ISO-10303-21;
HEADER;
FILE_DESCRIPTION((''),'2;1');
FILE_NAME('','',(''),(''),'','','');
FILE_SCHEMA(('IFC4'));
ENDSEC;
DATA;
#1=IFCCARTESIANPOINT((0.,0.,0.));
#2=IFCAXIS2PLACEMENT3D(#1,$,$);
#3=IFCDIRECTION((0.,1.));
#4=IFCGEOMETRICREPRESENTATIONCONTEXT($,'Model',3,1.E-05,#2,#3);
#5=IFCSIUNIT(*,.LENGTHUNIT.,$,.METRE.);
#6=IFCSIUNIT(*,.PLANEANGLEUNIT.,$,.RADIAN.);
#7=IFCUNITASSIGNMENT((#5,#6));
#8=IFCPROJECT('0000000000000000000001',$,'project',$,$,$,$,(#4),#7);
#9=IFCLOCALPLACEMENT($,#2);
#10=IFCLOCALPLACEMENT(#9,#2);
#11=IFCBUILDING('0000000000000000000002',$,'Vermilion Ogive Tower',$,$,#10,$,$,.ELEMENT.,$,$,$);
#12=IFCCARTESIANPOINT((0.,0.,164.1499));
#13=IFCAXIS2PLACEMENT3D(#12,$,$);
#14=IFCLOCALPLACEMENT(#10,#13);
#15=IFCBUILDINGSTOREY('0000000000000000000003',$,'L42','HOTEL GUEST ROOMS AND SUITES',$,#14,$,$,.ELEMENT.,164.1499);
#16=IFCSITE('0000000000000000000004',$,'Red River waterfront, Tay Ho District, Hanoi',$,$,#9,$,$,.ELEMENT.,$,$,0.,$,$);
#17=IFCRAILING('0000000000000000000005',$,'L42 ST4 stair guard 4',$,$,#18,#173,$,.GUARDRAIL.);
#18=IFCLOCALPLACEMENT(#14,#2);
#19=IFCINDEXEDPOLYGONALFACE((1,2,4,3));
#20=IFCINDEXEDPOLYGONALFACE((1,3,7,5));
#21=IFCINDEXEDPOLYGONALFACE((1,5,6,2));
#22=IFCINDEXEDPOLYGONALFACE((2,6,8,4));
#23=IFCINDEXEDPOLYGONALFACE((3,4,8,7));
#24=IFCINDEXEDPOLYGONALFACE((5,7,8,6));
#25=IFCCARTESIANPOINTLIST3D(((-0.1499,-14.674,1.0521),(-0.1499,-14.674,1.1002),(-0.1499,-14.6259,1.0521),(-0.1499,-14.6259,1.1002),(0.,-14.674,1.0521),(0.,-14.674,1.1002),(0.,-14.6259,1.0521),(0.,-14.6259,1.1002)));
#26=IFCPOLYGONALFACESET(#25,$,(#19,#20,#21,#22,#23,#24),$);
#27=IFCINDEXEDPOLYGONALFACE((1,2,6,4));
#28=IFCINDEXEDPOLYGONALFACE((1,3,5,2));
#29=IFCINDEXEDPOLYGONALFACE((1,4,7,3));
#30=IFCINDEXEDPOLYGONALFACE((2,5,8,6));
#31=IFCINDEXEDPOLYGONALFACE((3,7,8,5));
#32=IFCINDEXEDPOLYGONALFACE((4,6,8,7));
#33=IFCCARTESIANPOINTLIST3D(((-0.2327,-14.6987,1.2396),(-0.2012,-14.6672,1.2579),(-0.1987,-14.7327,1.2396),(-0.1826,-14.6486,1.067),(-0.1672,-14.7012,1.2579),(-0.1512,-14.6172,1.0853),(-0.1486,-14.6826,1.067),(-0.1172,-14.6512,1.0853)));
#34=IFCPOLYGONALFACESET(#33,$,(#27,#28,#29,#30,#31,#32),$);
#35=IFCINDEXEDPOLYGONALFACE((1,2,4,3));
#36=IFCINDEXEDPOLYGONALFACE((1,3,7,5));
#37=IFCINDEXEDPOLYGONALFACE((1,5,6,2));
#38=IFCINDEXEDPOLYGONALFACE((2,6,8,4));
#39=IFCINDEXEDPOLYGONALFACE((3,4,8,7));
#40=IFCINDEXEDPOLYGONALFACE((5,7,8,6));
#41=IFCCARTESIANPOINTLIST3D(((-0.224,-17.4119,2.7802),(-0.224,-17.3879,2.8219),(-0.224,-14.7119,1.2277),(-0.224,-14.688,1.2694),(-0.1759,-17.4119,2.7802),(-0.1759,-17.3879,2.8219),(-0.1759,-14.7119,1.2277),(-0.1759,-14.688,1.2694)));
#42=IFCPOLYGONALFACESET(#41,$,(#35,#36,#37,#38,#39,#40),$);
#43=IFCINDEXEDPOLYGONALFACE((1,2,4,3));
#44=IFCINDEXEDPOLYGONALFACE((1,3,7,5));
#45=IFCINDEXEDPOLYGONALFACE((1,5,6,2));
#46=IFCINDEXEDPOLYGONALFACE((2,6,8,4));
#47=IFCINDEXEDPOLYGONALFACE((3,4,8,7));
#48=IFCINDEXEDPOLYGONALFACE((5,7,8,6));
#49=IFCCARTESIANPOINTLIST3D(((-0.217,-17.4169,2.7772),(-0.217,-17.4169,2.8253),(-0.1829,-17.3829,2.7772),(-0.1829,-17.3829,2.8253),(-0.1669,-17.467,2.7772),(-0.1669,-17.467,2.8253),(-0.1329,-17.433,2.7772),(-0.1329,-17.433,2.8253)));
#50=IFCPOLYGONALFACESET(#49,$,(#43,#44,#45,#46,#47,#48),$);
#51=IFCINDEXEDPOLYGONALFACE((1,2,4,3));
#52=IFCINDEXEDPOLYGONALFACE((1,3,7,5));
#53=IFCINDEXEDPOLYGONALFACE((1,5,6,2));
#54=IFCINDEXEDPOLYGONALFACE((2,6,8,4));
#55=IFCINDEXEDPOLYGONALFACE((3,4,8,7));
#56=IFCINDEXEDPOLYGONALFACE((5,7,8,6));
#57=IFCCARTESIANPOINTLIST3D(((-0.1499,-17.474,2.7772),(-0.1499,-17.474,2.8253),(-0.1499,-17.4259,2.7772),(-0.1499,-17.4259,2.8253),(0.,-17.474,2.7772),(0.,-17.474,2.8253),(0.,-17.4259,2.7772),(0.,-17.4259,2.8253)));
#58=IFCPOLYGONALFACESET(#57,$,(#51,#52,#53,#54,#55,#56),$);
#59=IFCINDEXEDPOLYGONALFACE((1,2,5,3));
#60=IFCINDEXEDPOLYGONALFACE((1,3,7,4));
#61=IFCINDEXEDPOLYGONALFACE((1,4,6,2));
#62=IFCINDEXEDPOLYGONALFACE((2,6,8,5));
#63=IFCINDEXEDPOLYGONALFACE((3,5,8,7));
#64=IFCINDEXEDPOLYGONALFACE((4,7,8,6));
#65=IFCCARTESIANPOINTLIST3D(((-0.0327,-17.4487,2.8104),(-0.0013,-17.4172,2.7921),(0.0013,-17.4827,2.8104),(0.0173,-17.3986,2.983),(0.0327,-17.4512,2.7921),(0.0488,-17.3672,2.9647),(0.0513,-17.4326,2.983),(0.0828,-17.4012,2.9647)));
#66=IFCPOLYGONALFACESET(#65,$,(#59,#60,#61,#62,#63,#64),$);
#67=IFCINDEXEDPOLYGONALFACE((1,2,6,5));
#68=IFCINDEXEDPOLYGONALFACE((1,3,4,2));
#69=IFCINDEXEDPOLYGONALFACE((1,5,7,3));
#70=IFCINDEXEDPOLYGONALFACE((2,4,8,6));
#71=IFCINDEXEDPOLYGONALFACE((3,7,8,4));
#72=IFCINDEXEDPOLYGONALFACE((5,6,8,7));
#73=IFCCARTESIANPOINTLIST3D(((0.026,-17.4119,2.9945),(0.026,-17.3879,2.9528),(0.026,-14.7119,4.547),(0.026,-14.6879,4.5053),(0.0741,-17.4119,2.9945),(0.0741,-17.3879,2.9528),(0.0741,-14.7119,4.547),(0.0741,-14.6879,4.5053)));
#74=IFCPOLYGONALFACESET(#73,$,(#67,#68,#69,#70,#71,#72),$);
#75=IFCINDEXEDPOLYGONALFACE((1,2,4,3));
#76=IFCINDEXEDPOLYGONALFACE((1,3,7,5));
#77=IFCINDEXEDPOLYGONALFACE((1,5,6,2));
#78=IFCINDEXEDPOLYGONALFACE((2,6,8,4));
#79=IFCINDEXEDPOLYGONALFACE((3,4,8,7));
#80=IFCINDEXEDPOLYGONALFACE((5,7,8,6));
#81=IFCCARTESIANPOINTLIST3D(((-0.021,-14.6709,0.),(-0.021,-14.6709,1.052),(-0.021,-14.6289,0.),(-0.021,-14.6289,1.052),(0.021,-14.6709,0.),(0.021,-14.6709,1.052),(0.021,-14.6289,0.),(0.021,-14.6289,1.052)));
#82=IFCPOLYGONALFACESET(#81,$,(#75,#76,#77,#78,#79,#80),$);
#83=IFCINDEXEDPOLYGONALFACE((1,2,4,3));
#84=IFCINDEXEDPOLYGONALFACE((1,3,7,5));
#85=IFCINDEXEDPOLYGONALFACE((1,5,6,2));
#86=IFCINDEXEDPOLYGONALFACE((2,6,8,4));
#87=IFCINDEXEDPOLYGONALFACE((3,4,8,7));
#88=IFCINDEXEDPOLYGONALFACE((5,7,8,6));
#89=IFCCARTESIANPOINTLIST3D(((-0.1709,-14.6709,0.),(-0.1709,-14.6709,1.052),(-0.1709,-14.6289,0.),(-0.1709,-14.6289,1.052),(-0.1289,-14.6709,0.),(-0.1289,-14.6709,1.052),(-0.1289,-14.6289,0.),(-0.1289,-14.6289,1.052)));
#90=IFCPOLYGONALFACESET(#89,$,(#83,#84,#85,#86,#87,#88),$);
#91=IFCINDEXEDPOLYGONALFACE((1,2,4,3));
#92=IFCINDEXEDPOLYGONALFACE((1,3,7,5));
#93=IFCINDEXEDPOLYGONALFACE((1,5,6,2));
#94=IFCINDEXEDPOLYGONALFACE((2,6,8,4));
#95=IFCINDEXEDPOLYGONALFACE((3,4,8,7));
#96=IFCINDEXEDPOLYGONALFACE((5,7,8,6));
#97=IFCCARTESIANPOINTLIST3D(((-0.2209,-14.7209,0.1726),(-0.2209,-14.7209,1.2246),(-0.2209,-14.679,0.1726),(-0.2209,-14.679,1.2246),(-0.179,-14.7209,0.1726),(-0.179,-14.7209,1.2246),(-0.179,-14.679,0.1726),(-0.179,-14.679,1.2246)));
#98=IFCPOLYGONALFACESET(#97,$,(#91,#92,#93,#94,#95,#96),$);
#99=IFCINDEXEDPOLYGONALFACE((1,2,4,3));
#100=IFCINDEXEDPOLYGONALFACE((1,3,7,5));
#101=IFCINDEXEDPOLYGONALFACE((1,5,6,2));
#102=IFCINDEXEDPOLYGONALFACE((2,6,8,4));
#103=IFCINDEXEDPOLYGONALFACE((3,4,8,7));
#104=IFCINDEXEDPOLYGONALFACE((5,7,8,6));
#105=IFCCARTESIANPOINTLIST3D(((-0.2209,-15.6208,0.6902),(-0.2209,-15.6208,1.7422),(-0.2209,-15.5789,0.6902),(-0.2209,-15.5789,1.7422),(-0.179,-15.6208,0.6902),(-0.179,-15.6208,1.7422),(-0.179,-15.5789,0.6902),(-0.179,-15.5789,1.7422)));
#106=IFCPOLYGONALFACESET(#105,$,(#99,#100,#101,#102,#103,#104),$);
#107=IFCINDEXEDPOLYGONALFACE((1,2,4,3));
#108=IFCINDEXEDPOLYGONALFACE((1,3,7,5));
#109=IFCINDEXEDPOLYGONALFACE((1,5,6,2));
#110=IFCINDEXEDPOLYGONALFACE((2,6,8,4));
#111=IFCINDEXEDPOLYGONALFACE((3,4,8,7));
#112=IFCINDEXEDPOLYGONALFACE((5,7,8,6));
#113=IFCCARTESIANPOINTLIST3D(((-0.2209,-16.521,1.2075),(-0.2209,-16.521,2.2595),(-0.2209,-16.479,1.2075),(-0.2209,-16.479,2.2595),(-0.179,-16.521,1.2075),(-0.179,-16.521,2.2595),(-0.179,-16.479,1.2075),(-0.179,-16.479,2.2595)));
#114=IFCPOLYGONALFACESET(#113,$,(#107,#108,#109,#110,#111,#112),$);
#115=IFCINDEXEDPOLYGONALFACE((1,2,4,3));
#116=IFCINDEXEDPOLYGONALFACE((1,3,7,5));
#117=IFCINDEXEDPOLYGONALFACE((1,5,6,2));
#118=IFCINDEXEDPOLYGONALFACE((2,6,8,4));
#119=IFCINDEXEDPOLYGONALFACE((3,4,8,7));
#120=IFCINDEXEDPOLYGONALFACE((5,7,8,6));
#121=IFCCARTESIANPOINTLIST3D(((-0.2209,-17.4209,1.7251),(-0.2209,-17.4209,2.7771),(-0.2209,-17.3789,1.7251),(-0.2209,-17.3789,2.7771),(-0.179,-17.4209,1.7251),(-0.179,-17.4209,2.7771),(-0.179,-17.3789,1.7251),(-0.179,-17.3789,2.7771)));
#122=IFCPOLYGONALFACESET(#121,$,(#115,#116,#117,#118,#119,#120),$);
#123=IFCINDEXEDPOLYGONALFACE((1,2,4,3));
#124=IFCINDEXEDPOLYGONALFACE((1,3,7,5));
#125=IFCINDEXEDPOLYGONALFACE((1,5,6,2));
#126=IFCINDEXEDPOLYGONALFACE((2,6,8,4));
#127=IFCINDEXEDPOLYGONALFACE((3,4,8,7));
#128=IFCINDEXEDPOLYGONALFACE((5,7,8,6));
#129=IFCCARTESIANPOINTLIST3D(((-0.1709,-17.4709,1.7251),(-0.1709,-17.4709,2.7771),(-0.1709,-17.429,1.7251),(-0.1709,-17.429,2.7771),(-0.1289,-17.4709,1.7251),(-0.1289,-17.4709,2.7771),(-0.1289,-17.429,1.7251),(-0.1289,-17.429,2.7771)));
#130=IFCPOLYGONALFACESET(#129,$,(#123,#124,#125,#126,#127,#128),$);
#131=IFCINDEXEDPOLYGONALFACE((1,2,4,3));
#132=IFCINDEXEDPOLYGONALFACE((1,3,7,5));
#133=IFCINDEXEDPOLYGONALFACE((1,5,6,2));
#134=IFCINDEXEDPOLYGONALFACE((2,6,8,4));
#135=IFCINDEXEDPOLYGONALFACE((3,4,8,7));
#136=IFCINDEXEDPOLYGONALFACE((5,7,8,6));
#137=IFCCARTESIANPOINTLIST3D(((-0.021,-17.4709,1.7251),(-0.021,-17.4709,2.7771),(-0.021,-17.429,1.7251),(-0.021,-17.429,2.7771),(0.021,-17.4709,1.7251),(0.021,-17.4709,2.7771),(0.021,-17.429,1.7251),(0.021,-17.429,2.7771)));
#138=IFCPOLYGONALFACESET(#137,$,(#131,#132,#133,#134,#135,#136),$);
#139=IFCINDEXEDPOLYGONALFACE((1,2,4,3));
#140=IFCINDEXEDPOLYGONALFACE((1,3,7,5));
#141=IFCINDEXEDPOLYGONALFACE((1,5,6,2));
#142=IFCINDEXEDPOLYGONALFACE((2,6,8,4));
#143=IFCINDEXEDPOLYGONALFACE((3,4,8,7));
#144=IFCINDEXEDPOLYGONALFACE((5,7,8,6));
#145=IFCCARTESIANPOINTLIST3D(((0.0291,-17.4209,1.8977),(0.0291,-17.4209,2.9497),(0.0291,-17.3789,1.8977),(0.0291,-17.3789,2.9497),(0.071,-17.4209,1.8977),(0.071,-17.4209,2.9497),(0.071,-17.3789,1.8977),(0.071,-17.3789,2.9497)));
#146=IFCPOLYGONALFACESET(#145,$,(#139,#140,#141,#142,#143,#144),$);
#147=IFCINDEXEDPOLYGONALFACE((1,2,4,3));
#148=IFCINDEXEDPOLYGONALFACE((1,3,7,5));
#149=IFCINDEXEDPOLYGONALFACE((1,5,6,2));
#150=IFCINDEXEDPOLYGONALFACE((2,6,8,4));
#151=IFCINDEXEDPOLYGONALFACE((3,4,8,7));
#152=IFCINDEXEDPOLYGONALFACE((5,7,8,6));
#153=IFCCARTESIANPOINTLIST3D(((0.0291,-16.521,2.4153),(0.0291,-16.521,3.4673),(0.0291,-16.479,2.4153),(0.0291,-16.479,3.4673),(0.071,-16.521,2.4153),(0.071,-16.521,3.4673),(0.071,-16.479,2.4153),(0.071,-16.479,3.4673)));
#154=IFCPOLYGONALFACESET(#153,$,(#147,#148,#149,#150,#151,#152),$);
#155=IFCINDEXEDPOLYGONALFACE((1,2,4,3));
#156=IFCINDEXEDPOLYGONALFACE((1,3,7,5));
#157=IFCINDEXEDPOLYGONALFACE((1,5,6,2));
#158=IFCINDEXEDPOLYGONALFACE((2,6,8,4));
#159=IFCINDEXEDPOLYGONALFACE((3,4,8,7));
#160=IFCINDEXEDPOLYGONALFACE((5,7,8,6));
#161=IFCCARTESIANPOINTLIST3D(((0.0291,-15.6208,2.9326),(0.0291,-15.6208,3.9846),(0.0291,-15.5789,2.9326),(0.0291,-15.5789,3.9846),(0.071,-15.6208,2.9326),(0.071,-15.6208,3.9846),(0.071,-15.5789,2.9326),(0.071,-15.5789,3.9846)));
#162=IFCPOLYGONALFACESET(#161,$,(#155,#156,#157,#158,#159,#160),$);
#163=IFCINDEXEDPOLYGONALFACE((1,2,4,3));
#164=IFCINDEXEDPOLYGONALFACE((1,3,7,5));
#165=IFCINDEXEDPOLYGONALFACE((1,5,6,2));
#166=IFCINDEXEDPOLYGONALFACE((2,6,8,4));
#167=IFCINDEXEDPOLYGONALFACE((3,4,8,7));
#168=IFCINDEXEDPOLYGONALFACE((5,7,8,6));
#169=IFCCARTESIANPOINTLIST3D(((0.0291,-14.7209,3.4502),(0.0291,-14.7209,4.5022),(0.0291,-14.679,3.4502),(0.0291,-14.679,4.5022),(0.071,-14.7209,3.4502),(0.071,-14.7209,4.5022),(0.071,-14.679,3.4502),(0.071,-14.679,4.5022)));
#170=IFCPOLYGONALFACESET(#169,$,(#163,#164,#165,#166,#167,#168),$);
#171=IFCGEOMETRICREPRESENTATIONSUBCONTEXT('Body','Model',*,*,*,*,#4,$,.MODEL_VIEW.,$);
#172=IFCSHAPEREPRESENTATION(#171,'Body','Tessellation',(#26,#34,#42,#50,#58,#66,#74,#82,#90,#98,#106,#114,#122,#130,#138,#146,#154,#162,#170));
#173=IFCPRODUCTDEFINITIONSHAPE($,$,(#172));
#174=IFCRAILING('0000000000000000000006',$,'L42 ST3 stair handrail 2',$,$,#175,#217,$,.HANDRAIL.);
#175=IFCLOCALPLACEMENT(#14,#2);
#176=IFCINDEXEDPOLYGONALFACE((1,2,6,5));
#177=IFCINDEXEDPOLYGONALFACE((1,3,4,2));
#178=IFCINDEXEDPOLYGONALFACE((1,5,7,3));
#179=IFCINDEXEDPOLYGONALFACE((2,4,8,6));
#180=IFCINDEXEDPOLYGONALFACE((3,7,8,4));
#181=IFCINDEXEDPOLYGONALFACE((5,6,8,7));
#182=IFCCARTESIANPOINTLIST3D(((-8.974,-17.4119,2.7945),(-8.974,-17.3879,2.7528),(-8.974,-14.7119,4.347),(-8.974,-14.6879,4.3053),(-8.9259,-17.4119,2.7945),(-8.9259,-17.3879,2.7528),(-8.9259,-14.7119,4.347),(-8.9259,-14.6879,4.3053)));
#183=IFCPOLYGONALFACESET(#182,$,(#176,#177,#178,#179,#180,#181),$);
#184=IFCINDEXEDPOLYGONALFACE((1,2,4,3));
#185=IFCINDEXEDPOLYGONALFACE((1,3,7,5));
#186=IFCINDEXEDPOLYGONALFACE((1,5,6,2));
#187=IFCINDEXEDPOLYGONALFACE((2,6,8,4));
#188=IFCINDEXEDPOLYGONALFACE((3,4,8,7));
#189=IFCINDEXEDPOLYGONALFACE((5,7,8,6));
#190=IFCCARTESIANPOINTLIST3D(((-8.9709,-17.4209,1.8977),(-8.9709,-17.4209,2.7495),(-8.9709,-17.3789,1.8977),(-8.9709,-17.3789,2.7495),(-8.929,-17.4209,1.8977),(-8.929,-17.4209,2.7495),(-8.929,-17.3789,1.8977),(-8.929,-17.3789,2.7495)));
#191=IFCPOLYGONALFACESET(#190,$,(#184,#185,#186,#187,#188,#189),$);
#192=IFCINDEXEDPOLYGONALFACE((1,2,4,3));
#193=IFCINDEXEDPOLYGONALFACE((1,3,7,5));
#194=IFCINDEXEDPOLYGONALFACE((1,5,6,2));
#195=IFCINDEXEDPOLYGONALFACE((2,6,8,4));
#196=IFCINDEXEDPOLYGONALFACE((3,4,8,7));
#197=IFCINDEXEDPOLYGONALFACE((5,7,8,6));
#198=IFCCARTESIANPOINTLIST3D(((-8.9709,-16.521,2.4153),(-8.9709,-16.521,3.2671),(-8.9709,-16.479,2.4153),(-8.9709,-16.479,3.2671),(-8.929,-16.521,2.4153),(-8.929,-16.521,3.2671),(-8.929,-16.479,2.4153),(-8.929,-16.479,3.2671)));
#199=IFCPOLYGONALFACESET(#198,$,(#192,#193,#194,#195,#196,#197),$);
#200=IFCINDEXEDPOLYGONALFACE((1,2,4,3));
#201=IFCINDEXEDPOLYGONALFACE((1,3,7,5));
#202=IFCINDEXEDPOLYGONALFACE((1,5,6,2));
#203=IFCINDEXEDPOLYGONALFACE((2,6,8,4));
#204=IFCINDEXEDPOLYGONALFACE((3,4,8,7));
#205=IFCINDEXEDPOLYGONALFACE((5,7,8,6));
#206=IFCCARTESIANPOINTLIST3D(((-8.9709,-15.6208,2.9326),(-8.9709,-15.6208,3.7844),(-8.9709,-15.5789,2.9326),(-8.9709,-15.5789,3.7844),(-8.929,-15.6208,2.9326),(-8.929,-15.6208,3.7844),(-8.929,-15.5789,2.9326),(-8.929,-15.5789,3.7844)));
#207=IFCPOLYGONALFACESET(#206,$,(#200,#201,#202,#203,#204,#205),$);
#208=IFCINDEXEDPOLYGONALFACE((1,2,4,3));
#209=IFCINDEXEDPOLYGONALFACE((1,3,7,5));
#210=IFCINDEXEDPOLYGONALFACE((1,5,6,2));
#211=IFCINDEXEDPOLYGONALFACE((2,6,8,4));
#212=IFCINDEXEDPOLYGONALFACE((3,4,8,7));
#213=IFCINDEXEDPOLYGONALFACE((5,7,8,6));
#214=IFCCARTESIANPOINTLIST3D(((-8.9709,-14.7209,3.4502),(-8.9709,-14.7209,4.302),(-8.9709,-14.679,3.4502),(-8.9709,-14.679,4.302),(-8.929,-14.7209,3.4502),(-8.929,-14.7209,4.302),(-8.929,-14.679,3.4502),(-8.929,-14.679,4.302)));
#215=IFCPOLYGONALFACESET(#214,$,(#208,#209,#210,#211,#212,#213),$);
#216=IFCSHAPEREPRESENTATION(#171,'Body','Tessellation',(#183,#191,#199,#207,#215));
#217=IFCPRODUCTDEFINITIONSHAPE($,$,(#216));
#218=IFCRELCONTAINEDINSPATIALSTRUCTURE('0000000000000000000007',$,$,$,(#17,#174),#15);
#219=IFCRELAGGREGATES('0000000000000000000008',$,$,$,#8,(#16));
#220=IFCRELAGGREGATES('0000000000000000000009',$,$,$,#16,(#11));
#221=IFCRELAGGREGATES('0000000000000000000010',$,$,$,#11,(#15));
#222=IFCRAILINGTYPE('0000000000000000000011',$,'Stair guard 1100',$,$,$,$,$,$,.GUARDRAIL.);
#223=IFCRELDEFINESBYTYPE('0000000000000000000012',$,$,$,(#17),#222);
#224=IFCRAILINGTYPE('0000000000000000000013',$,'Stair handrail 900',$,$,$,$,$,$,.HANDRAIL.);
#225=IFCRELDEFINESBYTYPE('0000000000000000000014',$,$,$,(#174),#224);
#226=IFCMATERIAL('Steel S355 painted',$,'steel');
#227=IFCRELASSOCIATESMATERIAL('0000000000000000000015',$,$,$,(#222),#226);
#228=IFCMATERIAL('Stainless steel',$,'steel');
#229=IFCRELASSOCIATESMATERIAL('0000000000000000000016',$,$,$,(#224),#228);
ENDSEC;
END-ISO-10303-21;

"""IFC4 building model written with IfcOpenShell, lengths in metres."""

from ifc_helpers import new_model, si_unit, direction, frame, origin, origin_2d, place, context, subcontext, project, spatial, rectangle, extrude, material, type_object, element, save


model = new_model("IFC4")

# Units and contexts
model_context = context("Model", 3, precision=1e-05, world=origin(), true_north=direction((0.0, 1.0)))
body_context = subcontext(model_context, "Body", "Model", "MODEL_VIEW")
ifc_project = project(units=[si_unit("LENGTHUNIT", "METRE"), si_unit("PLANEANGLEUNIT", "RADIAN")], contexts=[model_context])

# Site, building, storey
site_placement = place(None, origin())
site = spatial("IfcSite", under=ifc_project, at=site_placement, Name="Red River waterfront, Tay Ho District, Hanoi", CompositionType="ELEMENT", RefElevation=0.0)
building_placement = place(site_placement, origin())
building = spatial("IfcBuilding", under=site, at=building_placement, Name="Vermilion Ogive Tower", CompositionType="ELEMENT")
storey_placement = place(building_placement, frame((0.0, 0.0, 164.1499)))
storey = spatial("IfcBuildingStorey", under=building, at=storey_placement, Name="L42", Description="HOTEL GUEST ROOMS AND SUITES", CompositionType="ELEMENT", Elevation=164.1499)

# Railings
ifc_material_1 = material(Name="Steel S355 painted", Category="steel")
railing_type_1 = type_object("IfcRailingType", Name="Stair guard 1100", PredefinedType="GUARDRAIL", material=ifc_material_1)
railing_1_placement = place(storey_placement, frame((0.0, -14.6499, 0.0)))
element("IfcRailing", 1, at=railing_1_placement, inside=storey, type_object=railing_type_1, Name="L42 ST4 stair guard 4", PredefinedType="GUARDRAIL", context=body_context, shape_type="SweptSolid", body=[
    extrude(rectangle(XDim=0.0481, YDim=0.0481, at=origin_2d()), frame((0.0, 0.0, 1.0762), z_axis=(-1.0, 0.0, 0.0), x_axis=(0.0, -1.0, 0.0)), (0.0, 0.0, 1.0), 0.1499),
    extrude(rectangle(XDim=0.0481, YDim=0.0481, at=origin_2d()), frame((-0.1499, 0.0, 1.0762), z_axis=(-0.268278, -0.268278, 0.925232), x_axis=(0.707107, -0.707107, 0.0)), (0.0, 0.0, 1.0), 0.1865),
    extrude(rectangle(XDim=0.0481, YDim=0.0481, at=origin_2d()), frame((-0.2, -0.05, 1.2485), z_axis=(0.0, -0.866904, 0.498476), x_axis=(1.0, 0.0, 0.0)), (0.0, 0.0, 1.0), 3.1145),
    extrude(rectangle(XDim=0.0481, YDim=0.0481, at=origin_2d()), frame((-0.2, -2.75, 2.8013), z_axis=(0.707107, -0.707107, 0.0), x_axis=(0.707107, 0.707107, 0.0)), (0.0, 0.0, 1.0), 0.0708),
    extrude(rectangle(XDim=0.0481, YDim=0.0481, at=origin_2d()), frame((-0.1499, -2.8, 2.8013), z_axis=(1.0, 0.0, 0.0), x_axis=(0.0, 1.0, 0.0)), (0.0, 0.0, 1.0), 0.1499),
    extrude(rectangle(XDim=0.0481, YDim=0.0481, at=origin_2d()), frame((0.0, -2.8, 2.8013), z_axis=(0.268278, 0.268278, 0.925232), x_axis=(-0.707107, 0.707107, 0.0)), (0.0, 0.0, 1.0), 0.1865),
    extrude(rectangle(XDim=0.0481, YDim=0.0481, at=origin_2d()), frame((0.05, -2.75, 2.9736), z_axis=(0.0, 0.866904, 0.498476), x_axis=(-1.0, 0.0, 0.0)), (0.0, 0.0, 1.0), 3.1145),
    extrude(rectangle(XDim=0.042, YDim=0.042, at=origin_2d()), origin(), (0.0, 0.0, 1.0), 1.052),
    extrude(rectangle(XDim=0.042, YDim=0.042, at=origin_2d()), frame((-0.1499, 0.0, 0.0)), (0.0, 0.0, 1.0), 1.052),
    extrude(rectangle(XDim=0.042, YDim=0.042, at=origin_2d()), frame((-0.2, -0.05, 0.1726)), (0.0, 0.0, 1.0), 1.052),
    extrude(rectangle(XDim=0.042, YDim=0.042, at=origin_2d()), frame((-0.2, -0.95, 0.6902)), (0.0, 0.0, 1.0), 1.052),
    extrude(rectangle(XDim=0.042, YDim=0.042, at=origin_2d()), frame((-0.2, -1.8501, 1.2075)), (0.0, 0.0, 1.0), 1.052),
    extrude(rectangle(XDim=0.042, YDim=0.042, at=origin_2d()), frame((-0.2, -2.75, 1.7251)), (0.0, 0.0, 1.0), 1.052),
    extrude(rectangle(XDim=0.042, YDim=0.042, at=origin_2d()), frame((-0.1499, -2.8, 1.7251)), (0.0, 0.0, 1.0), 1.052),
    extrude(rectangle(XDim=0.042, YDim=0.042, at=origin_2d()), frame((0.0, -2.8, 1.7251)), (0.0, 0.0, 1.0), 1.052),
    extrude(rectangle(XDim=0.042, YDim=0.042, at=origin_2d()), frame((0.05, -2.75, 1.8977)), (0.0, 0.0, 1.0), 1.052),
    extrude(rectangle(XDim=0.042, YDim=0.042, at=origin_2d()), frame((0.05, -1.8501, 2.4153)), (0.0, 0.0, 1.0), 1.052),
    extrude(rectangle(XDim=0.042, YDim=0.042, at=origin_2d()), frame((0.05, -0.95, 2.9326)), (0.0, 0.0, 1.0), 1.052),
    extrude(rectangle(XDim=0.042, YDim=0.042, at=origin_2d()), frame((0.05, -0.05, 3.4502)), (0.0, 0.0, 1.0), 1.052),
])
ifc_material_2 = material(Name="Stainless steel", Category="steel")
railing_type_2 = type_object("IfcRailingType", Name="Stair handrail 900", PredefinedType="HANDRAIL", material=ifc_material_2)
railing_2_placement = place(storey_placement, frame((-8.95, -17.3999, 1.8977)))
element("IfcRailing", 2, at=railing_2_placement, inside=storey, type_object=railing_type_2, Name="L42 ST3 stair handrail 2", PredefinedType="HANDRAIL", context=body_context, shape_type="SweptSolid", body=[
    extrude(rectangle(XDim=0.0481, YDim=0.0481, at=origin_2d()), frame((0.0, 0.0, 0.876), z_axis=(0.0, 0.866904, 0.498476), x_axis=(-1.0, 0.0, 0.0)), (0.0, 0.0, 1.0), 3.1145),
    extrude(rectangle(XDim=0.042, YDim=0.042, at=origin_2d()), origin(), (0.0, 0.0, 1.0), 0.8518),
    extrude(rectangle(XDim=0.042, YDim=0.042, at=origin_2d()), frame((0.0, 0.8999, 0.5176)), (0.0, 0.0, 1.0), 0.8518),
    extrude(rectangle(XDim=0.042, YDim=0.042, at=origin_2d()), frame((0.0, 1.8, 1.0349)), (0.0, 0.0, 1.0), 0.8518),
    extrude(rectangle(XDim=0.042, YDim=0.042, at=origin_2d()), frame((0.0, 2.7, 1.5525)), (0.0, 0.0, 1.0), 0.8518),
])

save(model, "model.ifc")
